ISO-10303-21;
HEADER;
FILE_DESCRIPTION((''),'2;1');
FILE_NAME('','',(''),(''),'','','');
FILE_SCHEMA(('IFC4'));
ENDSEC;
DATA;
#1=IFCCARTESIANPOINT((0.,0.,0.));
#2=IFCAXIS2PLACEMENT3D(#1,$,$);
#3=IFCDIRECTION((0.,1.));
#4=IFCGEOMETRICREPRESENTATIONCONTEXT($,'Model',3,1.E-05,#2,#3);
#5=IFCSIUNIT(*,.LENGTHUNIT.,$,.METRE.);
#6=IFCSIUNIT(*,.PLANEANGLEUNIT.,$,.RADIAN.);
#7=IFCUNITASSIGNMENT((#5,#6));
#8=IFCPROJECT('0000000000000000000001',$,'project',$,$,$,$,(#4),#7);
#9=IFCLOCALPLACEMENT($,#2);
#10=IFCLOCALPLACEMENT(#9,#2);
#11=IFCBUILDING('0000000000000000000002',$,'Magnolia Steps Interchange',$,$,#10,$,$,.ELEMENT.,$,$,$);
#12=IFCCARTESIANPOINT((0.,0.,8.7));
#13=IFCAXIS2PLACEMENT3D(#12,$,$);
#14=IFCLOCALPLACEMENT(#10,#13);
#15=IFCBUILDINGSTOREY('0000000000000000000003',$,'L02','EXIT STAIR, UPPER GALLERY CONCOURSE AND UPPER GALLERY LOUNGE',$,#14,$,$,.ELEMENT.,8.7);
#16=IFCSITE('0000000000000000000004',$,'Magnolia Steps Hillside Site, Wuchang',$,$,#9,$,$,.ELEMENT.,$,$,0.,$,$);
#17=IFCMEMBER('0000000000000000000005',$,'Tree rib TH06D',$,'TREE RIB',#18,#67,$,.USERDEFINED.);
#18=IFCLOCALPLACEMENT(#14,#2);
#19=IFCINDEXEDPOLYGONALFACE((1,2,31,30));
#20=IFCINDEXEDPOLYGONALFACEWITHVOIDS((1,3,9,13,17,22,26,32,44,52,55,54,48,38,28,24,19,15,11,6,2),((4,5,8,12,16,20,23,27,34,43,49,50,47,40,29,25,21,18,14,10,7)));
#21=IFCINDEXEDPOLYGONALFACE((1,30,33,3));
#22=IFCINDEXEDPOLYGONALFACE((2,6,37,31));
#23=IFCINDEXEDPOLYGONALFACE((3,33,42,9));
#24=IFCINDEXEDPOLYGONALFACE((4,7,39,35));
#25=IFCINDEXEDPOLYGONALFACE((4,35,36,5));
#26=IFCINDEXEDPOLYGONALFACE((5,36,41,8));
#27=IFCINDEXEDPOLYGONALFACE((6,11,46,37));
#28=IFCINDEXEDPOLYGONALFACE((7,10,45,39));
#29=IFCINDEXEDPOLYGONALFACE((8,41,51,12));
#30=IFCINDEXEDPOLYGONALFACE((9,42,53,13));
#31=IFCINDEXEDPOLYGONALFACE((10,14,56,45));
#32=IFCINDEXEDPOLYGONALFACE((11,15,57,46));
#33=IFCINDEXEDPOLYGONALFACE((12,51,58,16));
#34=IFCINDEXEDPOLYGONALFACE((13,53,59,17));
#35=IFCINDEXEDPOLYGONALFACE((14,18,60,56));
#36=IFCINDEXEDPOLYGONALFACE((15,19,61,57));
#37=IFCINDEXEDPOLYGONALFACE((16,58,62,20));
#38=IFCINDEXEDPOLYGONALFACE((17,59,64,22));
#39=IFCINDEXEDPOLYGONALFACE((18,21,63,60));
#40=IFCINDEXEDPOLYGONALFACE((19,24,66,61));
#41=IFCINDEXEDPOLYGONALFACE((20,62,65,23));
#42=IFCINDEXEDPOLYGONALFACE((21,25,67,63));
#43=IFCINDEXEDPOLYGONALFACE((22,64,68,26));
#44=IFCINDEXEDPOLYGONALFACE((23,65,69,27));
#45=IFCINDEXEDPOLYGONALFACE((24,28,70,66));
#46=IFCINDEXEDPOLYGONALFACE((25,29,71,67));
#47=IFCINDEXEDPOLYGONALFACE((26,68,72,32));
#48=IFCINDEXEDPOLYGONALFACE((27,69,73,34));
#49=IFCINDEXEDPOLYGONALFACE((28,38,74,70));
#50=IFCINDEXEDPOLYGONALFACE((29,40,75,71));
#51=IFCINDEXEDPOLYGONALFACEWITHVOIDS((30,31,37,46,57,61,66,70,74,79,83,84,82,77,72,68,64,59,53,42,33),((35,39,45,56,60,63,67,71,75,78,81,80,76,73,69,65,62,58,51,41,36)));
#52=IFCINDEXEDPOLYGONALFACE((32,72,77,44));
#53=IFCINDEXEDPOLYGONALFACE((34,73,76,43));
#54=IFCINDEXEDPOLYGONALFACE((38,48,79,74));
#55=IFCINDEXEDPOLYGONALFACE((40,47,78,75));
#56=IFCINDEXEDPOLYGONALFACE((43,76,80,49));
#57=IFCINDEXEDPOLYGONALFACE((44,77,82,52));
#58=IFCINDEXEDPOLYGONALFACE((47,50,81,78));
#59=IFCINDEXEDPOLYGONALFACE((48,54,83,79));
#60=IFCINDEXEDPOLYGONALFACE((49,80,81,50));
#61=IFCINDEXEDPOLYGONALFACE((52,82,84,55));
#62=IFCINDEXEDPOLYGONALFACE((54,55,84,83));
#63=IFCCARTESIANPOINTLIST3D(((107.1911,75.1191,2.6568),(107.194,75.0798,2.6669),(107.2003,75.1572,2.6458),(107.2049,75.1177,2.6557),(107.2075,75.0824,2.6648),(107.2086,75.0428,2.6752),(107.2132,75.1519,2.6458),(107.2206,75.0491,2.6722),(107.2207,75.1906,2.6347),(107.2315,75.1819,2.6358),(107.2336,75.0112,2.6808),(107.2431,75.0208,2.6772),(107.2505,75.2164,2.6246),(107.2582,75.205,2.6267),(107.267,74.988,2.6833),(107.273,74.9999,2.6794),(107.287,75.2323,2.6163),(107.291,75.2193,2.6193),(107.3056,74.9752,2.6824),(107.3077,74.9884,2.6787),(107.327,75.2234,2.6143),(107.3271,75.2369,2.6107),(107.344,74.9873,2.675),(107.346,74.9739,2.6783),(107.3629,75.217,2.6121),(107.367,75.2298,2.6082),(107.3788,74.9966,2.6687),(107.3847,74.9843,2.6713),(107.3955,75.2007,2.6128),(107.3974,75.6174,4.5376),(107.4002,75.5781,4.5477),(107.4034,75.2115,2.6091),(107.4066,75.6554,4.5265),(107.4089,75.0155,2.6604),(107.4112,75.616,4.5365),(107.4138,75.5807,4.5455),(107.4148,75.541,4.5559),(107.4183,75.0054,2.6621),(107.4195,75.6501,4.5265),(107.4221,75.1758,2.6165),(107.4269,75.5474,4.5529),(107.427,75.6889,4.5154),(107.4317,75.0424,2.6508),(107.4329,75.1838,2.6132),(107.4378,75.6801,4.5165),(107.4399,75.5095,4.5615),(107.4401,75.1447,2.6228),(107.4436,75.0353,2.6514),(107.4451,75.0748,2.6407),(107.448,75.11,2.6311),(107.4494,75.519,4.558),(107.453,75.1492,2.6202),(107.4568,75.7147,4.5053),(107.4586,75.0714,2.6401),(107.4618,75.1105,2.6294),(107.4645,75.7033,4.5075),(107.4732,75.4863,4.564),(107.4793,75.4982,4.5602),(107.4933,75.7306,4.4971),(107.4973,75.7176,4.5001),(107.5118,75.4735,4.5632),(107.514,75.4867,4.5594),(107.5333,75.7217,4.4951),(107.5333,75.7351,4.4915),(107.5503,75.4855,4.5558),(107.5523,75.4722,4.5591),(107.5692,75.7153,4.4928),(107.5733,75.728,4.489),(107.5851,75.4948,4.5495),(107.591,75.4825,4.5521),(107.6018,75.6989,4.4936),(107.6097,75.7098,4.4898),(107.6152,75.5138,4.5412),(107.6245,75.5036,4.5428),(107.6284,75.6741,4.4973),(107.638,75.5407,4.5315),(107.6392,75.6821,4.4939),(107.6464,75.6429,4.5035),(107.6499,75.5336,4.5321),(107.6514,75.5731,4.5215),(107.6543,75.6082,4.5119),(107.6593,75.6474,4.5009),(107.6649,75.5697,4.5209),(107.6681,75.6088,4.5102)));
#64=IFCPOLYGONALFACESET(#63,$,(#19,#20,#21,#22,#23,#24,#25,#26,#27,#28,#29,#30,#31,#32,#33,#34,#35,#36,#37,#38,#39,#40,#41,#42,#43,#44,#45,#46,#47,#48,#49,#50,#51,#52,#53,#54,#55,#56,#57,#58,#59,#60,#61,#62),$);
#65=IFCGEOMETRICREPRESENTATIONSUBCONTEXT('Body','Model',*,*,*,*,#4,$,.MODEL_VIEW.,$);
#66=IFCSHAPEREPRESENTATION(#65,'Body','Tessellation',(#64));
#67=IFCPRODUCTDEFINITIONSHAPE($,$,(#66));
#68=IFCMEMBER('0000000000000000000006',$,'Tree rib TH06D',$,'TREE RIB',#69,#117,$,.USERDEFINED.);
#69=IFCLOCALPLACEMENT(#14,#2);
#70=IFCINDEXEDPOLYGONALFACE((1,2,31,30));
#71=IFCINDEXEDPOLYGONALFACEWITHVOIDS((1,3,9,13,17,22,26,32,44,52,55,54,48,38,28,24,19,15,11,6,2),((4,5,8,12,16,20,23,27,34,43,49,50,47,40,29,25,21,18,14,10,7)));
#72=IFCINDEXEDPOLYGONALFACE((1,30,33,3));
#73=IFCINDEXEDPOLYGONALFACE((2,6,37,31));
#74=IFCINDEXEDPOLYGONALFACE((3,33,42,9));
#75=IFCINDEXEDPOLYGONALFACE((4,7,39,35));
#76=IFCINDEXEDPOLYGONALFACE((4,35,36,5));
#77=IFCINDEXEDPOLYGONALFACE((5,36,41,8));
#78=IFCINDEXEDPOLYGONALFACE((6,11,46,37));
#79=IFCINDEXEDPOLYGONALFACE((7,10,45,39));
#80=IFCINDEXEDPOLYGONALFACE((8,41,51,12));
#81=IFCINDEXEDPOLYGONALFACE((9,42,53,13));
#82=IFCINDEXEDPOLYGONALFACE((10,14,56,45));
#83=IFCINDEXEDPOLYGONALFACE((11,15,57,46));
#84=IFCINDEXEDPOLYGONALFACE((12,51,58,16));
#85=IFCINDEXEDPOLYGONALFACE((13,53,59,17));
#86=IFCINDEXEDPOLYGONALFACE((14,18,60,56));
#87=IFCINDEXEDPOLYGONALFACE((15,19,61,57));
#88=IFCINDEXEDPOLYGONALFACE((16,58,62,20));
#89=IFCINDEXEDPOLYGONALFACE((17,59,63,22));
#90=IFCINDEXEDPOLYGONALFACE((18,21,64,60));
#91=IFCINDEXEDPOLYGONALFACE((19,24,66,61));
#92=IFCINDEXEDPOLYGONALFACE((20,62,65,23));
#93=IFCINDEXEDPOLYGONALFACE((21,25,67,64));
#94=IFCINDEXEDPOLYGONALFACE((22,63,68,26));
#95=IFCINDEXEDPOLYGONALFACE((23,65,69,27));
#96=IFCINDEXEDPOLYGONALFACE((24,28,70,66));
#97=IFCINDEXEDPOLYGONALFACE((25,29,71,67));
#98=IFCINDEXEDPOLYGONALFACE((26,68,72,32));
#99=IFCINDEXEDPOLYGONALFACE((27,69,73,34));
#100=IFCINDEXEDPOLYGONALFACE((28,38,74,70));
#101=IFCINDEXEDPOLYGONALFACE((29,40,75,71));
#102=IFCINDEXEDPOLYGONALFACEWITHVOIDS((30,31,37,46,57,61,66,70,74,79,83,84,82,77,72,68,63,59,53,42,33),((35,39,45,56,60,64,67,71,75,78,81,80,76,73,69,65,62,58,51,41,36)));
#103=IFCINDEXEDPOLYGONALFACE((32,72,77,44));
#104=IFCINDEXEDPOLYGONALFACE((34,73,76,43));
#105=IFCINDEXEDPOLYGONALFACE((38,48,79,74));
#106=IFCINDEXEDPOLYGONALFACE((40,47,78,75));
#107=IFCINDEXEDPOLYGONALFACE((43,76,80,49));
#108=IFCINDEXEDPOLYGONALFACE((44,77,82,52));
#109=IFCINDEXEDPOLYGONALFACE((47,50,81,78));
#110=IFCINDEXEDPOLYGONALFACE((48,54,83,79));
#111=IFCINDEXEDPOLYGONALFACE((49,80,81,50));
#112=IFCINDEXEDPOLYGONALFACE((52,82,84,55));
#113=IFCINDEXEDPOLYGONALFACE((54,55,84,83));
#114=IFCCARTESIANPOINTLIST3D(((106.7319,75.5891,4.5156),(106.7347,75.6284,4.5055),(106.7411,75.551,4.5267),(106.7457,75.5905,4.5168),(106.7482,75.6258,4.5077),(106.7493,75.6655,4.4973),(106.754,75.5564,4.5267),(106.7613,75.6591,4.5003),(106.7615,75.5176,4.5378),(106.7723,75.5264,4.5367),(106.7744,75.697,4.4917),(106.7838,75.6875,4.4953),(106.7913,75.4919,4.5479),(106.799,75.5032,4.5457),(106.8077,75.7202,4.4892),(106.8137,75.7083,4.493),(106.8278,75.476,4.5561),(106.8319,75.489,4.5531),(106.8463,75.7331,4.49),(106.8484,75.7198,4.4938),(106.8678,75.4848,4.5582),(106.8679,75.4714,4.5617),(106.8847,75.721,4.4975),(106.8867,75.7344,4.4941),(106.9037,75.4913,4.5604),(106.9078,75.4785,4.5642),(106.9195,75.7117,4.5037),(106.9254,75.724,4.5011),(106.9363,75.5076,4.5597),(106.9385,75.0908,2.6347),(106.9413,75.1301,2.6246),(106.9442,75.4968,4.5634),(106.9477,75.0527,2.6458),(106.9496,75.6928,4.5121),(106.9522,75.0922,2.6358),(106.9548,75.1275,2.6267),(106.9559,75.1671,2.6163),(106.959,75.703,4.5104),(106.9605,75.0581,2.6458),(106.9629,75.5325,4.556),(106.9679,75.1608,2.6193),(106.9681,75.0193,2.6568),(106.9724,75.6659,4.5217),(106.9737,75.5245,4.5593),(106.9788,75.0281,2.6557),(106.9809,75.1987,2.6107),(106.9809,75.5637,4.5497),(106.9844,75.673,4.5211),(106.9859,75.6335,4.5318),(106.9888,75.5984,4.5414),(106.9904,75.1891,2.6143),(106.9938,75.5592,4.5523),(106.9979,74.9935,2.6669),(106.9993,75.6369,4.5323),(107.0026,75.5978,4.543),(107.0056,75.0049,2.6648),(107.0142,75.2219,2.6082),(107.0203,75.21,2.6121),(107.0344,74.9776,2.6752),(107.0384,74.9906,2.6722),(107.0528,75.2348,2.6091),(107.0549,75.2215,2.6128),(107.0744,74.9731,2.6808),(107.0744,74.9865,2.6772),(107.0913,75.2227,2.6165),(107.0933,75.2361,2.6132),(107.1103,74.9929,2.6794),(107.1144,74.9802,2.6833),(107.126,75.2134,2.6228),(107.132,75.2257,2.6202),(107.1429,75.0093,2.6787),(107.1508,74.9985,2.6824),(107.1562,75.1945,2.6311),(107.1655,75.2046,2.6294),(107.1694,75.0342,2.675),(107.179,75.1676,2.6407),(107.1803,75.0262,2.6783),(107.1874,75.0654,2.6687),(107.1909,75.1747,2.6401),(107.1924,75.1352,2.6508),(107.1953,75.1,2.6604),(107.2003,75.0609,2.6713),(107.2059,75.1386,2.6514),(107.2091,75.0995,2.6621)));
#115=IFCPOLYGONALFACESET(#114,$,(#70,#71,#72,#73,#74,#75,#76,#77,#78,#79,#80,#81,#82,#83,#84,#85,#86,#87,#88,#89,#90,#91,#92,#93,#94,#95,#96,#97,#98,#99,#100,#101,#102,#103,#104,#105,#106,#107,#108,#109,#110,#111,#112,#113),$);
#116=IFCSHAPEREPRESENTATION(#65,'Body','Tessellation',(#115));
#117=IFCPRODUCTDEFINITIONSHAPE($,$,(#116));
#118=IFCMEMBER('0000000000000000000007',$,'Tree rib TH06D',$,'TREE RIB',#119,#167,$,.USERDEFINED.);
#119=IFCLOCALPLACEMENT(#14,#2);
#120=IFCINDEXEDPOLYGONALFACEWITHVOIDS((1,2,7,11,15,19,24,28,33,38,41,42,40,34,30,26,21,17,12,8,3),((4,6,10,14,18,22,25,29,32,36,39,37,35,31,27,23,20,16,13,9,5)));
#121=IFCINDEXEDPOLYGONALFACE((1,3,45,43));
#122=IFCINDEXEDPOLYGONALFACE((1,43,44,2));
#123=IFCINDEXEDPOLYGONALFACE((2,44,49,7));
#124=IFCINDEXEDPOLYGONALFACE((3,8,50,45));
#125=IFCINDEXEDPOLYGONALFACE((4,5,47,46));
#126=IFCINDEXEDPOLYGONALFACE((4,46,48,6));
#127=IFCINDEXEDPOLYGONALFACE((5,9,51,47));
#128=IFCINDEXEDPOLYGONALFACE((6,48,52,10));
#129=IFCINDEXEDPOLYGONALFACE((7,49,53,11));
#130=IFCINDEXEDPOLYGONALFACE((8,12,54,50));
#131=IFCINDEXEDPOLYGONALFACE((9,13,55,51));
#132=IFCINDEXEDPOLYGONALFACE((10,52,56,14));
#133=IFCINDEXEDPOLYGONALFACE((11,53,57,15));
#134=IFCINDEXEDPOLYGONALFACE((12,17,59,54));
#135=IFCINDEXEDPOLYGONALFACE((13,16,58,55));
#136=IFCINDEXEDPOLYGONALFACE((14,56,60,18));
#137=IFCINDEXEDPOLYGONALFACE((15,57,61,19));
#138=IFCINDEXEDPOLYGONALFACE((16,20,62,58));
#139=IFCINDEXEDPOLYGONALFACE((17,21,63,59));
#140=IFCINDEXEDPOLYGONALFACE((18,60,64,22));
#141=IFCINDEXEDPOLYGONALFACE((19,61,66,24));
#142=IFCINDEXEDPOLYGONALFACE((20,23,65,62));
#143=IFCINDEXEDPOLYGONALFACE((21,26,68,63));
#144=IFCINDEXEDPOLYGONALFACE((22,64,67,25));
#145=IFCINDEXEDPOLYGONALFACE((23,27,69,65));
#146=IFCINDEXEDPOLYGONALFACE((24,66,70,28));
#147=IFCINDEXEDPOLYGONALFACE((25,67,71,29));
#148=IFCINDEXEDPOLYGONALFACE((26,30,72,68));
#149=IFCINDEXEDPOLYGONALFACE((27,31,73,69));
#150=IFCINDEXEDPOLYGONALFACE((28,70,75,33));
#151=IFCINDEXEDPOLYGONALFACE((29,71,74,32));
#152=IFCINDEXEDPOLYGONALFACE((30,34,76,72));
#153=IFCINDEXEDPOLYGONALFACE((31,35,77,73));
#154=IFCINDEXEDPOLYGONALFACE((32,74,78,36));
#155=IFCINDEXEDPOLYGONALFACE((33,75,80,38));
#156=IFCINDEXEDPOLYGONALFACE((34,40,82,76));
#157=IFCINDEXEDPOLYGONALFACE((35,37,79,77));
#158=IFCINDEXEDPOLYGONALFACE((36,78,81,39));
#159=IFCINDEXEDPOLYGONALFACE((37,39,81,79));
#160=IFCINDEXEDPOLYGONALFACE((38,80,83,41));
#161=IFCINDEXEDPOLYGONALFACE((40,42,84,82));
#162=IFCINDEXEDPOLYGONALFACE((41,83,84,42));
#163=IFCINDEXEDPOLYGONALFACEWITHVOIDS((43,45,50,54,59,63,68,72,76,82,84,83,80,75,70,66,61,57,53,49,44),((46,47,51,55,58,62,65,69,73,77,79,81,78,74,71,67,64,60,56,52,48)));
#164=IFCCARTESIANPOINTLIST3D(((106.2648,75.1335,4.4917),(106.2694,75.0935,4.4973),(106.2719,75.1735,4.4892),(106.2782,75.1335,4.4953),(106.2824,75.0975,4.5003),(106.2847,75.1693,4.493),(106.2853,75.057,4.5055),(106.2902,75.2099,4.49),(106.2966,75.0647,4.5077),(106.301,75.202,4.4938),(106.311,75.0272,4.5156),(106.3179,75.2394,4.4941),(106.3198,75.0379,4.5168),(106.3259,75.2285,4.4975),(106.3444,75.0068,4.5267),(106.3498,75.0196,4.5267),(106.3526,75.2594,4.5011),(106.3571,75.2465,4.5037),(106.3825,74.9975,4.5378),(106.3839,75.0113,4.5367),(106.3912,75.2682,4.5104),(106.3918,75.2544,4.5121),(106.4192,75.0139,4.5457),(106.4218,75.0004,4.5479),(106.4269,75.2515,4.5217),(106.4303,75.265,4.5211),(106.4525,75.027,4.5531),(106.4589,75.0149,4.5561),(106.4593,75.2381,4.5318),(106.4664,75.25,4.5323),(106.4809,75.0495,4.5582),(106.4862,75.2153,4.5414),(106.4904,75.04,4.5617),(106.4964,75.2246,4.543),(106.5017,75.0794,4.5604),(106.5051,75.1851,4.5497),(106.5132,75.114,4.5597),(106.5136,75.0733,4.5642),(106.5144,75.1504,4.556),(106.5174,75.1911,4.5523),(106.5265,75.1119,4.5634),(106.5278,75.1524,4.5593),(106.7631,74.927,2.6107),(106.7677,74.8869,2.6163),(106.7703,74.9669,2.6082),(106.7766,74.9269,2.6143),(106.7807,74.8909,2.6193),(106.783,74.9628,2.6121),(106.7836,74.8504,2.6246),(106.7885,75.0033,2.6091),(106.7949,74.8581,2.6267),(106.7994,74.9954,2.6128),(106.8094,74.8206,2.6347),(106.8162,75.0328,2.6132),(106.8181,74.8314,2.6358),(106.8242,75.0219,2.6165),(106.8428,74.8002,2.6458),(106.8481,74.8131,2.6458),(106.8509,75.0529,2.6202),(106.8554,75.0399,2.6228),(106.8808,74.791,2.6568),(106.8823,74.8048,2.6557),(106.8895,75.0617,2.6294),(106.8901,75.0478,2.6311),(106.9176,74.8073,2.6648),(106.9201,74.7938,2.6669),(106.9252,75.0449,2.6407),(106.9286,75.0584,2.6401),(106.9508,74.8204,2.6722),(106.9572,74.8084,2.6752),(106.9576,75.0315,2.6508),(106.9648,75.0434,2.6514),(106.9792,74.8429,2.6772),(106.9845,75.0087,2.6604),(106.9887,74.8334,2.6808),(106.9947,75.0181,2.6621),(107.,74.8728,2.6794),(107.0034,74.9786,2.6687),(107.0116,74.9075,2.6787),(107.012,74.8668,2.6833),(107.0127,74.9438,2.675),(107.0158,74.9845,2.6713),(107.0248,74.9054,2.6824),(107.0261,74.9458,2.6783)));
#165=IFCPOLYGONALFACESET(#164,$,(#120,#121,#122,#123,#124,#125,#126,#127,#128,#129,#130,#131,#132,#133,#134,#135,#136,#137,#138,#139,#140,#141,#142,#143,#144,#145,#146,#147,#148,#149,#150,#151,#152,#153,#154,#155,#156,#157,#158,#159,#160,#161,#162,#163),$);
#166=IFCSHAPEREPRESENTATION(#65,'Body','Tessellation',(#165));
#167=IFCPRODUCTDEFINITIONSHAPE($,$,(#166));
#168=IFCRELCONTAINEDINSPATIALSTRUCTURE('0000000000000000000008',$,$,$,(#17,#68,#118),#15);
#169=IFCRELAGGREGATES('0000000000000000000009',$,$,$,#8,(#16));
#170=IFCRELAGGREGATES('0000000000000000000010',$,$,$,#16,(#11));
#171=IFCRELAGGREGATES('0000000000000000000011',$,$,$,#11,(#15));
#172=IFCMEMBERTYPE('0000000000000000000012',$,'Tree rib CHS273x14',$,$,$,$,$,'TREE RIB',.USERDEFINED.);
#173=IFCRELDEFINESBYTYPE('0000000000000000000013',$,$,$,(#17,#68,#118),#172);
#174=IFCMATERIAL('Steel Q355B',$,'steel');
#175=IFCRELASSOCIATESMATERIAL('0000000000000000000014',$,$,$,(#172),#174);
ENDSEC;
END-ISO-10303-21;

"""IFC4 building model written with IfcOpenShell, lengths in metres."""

from ifc_helpers import new_model, si_unit, direction, frame, origin, origin_2d, place, context, subcontext, project, spatial, hollow_circle, extrude, material, material_profile, profile_set, type_object, element, save


model = new_model("IFC4")

# Units and contexts
model_context = context("Model", 3, precision=1e-05, world=origin(), true_north=direction((0.0, 1.0)))
body_context = subcontext(model_context, "Body", "Model", "MODEL_VIEW")
ifc_project = project(units=[si_unit("LENGTHUNIT", "METRE"), si_unit("PLANEANGLEUNIT", "RADIAN")], contexts=[model_context])

# Site, building, storey
site_placement = place(None, origin())
site = spatial("IfcSite", under=ifc_project, at=site_placement, Name="Magnolia Steps Hillside Site, Wuchang", CompositionType="ELEMENT", RefElevation=0.0)
building_placement = place(site_placement, origin())
building = spatial("IfcBuilding", under=site, at=building_placement, Name="Magnolia Steps Interchange", CompositionType="ELEMENT")
storey_placement = place(building_placement, frame((0.0, 0.0, 8.7)))
storey = spatial("IfcBuildingStorey", under=building, at=storey_placement, Name="L02", Description="EXIT STAIR, UPPER GALLERY CONCOURSE AND UPPER GALLERY LOUNGE", CompositionType="ELEMENT", Elevation=8.7)

# Members
ifc_material_1 = material(Name="Steel Q355B", Category="steel")
ifc_material_profile_1 = material_profile(ifc_material_1, hollow_circle(Radius=0.1365, WallThickness=0.0139, at=origin_2d()), Name="CHS273x14")
ifc_profile_set_1 = profile_set([ifc_material_profile_1], Name="Steel Q355B")
member_type_1 = type_object("IfcMemberType", Name="Tree rib CHS273x14", ElementType="TREE RIB", PredefinedType="USERDEFINED", material=ifc_profile_set_1)
member_1_placement = place(storey_placement, frame((107.3264, 75.105, 2.6458), z_axis=(0.105435, 0.254665, 0.961264), x_axis=(-0.923945, 0.382525, 0.0)))
element("IfcMember", 1, at=member_1_placement, inside=storey, type_object=member_type_1, Name="Tree rib TH06D", ObjectType="TREE RIB", PredefinedType="USERDEFINED", context=body_context, shape_type="SweptSolid", body=[
    extrude(hollow_circle(Radius=0.1365, WallThickness=0.0139, at=origin_2d()), origin(), (0.0, 0.0, 1.0), 1.9565),
])
for number, where, z_axis, x_axis, name in (
    (2, (107.0737, 75.105, 2.6458), (-0.105558, 0.254662, 0.961252), (-0.923785, -0.382911, 0.0), "Tree rib TH06D"),
    (3, (106.895, 74.9263, 2.6458), (-0.254662, 0.105558, 0.961252), (-0.382911, -0.923785, 0.0), "Tree rib TH06D"),
):
    element("IfcMember", number, at=place(storey_placement, frame(where, z_axis=z_axis, x_axis=x_axis)), inside=storey, type_object=member_type_1, Name=name, ObjectType="TREE RIB", PredefinedType="USERDEFINED", context=body_context, shape_type="SweptSolid", body=[
        extrude(hollow_circle(Radius=0.1365, WallThickness=0.0139, at=origin_2d()), origin(), (0.0, 0.0, 1.0), 1.9568),
    ])

save(model, "model.ifc")
